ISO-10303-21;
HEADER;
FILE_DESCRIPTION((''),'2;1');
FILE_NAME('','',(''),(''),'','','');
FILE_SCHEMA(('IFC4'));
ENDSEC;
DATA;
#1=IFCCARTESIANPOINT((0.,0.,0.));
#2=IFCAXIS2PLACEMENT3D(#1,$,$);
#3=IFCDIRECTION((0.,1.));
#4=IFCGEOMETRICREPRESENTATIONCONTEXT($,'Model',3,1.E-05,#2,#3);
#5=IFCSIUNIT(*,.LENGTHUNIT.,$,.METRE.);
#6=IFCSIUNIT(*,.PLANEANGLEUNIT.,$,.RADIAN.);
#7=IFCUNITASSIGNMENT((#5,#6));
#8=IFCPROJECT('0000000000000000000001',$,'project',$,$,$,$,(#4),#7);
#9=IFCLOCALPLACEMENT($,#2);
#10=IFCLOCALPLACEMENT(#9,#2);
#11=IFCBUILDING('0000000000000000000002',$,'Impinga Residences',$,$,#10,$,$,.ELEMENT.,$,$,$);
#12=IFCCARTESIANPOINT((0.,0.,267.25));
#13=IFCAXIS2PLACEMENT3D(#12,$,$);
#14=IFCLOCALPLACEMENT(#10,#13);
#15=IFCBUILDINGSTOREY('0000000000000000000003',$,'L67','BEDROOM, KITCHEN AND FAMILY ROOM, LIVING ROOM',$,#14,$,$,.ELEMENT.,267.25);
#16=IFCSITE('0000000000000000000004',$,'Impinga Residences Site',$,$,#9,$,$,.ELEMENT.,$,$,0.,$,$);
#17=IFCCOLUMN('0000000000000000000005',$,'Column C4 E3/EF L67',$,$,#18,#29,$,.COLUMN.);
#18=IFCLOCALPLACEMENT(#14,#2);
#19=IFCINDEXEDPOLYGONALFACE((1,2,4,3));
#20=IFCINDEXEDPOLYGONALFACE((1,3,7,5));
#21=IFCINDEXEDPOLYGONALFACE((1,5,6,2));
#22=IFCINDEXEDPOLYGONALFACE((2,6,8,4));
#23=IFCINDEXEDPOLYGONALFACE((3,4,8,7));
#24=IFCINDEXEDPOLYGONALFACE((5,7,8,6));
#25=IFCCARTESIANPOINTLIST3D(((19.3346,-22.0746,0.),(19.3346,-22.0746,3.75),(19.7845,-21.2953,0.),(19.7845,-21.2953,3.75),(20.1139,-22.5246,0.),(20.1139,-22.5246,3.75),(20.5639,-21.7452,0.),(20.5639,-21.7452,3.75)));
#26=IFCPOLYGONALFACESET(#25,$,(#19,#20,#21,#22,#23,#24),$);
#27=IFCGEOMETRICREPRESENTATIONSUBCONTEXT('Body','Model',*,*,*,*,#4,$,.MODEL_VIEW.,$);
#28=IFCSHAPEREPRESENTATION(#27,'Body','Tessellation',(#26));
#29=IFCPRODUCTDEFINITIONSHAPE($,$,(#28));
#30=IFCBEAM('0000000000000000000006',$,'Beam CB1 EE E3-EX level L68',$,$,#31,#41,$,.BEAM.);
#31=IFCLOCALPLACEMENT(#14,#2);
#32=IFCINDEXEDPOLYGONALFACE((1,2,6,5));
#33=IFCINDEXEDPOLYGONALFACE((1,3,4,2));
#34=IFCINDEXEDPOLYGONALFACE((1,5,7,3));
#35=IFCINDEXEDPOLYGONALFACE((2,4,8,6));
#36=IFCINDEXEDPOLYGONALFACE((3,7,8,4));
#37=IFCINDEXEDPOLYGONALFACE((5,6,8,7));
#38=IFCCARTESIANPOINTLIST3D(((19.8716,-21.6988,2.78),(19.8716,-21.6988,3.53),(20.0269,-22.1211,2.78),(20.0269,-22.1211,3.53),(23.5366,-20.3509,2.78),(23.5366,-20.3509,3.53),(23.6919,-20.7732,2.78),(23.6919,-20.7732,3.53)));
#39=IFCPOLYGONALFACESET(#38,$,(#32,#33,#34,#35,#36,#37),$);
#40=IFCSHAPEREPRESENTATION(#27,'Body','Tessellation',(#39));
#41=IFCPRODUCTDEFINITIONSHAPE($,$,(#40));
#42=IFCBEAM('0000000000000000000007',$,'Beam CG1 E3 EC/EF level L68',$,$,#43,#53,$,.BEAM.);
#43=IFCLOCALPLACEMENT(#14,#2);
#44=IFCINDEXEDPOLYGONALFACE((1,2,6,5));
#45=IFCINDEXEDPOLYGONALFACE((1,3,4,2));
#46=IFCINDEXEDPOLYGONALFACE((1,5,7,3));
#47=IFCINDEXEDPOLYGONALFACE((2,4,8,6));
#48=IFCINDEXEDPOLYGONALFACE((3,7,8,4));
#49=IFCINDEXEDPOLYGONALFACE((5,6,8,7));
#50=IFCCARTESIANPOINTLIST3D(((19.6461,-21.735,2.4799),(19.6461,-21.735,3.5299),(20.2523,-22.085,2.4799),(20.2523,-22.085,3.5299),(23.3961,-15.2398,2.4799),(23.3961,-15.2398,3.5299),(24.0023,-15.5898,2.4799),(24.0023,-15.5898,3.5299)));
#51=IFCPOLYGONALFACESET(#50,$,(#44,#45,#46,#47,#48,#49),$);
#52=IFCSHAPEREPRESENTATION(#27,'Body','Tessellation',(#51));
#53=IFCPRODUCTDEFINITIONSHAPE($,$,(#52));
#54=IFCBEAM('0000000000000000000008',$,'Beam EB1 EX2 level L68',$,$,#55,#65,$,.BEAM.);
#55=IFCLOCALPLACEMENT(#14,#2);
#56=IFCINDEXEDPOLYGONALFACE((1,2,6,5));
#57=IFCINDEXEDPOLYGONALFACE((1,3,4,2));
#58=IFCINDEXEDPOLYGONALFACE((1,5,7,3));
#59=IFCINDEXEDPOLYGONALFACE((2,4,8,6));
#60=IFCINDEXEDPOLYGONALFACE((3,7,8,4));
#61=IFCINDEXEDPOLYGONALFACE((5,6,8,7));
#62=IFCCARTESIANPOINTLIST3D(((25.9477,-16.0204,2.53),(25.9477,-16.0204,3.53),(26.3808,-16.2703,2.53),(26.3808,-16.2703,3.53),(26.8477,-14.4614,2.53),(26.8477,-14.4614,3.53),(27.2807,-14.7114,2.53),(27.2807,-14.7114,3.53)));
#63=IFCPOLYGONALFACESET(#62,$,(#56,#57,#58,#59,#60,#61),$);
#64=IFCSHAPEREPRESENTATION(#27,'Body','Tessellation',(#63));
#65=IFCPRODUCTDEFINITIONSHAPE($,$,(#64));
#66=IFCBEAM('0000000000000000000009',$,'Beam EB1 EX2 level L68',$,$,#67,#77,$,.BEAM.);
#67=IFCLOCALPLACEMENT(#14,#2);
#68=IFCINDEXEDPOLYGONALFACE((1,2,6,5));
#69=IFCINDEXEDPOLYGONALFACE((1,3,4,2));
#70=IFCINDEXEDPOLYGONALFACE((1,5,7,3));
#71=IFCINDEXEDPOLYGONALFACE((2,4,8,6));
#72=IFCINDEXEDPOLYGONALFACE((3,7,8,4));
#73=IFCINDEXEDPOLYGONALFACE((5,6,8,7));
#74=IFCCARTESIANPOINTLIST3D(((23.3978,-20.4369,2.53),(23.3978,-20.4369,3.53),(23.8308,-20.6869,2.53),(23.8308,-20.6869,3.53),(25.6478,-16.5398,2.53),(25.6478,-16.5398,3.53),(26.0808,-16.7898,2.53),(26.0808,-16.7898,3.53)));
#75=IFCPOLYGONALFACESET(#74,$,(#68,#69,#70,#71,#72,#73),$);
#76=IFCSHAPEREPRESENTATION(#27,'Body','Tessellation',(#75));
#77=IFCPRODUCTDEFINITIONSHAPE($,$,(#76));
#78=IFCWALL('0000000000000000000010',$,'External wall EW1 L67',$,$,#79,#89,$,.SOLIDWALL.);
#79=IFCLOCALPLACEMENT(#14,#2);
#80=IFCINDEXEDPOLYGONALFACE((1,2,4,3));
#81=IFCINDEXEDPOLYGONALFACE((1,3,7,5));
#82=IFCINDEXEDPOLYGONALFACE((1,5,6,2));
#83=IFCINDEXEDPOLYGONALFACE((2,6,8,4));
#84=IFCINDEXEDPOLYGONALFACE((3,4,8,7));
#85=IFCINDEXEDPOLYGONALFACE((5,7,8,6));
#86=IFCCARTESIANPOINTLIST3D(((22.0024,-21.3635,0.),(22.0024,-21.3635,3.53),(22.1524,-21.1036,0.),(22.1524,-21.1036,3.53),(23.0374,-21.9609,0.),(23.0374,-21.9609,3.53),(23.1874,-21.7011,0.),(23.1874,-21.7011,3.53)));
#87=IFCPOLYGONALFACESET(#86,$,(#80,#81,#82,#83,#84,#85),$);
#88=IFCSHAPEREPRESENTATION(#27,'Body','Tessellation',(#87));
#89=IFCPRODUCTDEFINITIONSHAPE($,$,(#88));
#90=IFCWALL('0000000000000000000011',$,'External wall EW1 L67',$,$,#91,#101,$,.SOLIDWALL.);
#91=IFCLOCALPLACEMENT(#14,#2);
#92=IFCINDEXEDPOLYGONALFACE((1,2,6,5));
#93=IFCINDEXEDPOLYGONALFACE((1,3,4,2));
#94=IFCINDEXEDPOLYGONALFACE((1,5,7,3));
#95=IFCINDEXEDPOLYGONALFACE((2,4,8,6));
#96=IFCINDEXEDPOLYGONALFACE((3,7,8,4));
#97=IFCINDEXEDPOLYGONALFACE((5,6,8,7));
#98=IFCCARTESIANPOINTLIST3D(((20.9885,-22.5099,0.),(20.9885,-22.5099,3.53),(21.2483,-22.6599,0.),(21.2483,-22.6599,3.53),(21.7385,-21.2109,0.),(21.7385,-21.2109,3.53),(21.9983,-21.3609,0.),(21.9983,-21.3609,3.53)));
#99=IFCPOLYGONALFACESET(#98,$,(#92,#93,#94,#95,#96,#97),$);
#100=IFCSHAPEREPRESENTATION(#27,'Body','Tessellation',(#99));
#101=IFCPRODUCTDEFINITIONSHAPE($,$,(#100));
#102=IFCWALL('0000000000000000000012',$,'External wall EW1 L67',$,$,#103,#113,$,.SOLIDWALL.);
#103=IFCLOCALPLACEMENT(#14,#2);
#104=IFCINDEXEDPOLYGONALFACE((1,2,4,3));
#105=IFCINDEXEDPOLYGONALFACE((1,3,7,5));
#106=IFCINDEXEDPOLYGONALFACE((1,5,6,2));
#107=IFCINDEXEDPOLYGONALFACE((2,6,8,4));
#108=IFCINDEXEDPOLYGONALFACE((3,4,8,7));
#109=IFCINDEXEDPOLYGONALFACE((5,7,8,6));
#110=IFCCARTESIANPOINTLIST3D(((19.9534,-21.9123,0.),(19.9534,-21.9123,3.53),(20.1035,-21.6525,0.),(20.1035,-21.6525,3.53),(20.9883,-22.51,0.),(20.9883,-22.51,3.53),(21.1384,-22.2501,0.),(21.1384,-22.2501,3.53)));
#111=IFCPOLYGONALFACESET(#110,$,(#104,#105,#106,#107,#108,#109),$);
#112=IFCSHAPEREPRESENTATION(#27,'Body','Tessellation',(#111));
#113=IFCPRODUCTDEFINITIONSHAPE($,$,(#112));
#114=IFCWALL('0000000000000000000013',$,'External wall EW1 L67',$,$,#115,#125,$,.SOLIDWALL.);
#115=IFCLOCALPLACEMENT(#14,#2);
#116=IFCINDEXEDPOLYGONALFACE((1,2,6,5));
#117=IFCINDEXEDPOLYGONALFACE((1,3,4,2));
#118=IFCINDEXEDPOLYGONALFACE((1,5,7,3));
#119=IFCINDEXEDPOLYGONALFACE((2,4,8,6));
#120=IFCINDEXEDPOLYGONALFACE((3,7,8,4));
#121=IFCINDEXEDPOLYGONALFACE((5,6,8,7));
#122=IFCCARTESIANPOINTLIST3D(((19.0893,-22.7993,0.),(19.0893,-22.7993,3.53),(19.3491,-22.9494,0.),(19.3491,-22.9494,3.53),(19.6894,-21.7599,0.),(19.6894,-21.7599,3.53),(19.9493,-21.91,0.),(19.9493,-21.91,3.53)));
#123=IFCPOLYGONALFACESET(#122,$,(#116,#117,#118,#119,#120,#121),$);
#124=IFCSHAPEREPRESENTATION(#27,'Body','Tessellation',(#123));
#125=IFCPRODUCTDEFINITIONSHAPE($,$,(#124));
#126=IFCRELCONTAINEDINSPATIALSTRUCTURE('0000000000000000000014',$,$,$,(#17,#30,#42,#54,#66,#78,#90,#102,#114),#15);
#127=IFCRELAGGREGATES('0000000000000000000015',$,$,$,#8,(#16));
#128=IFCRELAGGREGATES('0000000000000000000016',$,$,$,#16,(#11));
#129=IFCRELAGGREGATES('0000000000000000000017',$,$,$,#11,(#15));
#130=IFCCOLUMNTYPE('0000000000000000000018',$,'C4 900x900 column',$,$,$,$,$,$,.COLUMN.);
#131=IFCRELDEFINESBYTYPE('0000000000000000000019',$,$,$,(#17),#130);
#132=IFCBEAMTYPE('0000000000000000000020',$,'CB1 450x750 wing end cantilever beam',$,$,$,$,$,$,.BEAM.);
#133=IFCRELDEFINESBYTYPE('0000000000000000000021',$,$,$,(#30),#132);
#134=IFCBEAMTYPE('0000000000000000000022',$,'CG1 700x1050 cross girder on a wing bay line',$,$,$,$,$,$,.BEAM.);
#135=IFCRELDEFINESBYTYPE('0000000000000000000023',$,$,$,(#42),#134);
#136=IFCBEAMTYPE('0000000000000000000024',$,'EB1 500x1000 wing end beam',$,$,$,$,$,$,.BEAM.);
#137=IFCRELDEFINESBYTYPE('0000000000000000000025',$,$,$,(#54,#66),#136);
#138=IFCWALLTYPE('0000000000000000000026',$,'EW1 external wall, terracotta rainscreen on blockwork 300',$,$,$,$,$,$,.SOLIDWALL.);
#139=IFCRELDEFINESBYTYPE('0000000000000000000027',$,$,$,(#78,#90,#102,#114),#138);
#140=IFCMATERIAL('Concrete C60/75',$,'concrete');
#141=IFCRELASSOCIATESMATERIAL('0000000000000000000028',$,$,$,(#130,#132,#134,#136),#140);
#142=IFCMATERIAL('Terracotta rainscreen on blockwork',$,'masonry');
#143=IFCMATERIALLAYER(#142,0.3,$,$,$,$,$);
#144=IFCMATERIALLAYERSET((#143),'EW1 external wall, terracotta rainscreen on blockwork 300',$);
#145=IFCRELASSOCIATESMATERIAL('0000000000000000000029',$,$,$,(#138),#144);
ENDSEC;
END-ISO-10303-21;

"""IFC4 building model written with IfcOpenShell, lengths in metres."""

from ifc_helpers import new_model, si_unit, direction, frame, frame_2d, origin, origin_2d, place, context, subcontext, project, spatial, rectangle, extrude, material, layer, layer_set, material_profile, profile_set, type_object, element, save


model = new_model("IFC4")

# Units and contexts
model_context = context("Model", 3, precision=1e-05, world=origin(), true_north=direction((0.0, 1.0)))
body_context = subcontext(model_context, "Body", "Model", "MODEL_VIEW")
ifc_project = project(units=[si_unit("LENGTHUNIT", "METRE"), si_unit("PLANEANGLEUNIT", "RADIAN")], contexts=[model_context])

# Site, building, storey
site_placement = place(None, origin())
site = spatial("IfcSite", under=ifc_project, at=site_placement, Name="Impinga Residences Site", CompositionType="ELEMENT", RefElevation=0.0)
building_placement = place(site_placement, origin())
building = spatial("IfcBuilding", under=site, at=building_placement, Name="Impinga Residences", CompositionType="ELEMENT")
storey_placement = place(building_placement, frame((0.0, 0.0, 267.25)))
storey = spatial("IfcBuildingStorey", under=building, at=storey_placement, Name="L67", Description="BEDROOM, KITCHEN AND FAMILY ROOM, LIVING ROOM", CompositionType="ELEMENT", Elevation=267.25)

# Column
ifc_material_1 = material(Name="Concrete C60/75", Category="concrete")
ifc_material_profile_1 = material_profile(ifc_material_1, rectangle(XDim=0.8999, YDim=0.8999, at=origin_2d()), Name="RC 900x900")
ifc_profile_set_1 = profile_set([ifc_material_profile_1], Name="Concrete C60/75")
column_type = type_object("IfcColumnType", Name="C4 900x900 column", PredefinedType="COLUMN", material=ifc_profile_set_1)
column_placement = place(storey_placement, frame((19.9492, -21.9099, 0.0), z_axis=(0.0, 0.0, 1.0), x_axis=(-0.5, -0.866025, 0.0)))
element("IfcColumn", 1, at=column_placement, inside=storey, type_object=column_type, Name="Column C4 E3/EF L67", PredefinedType="COLUMN", context=body_context, shape_type="SweptSolid", body=[
    extrude(rectangle(XDim=0.8999, YDim=0.8999, at=origin_2d()), origin(), (0.0, 0.0, 1.0), 3.75),
])

# Beams
ifc_material_profile_2 = material_profile(ifc_material_1, rectangle(XDim=0.45, YDim=0.75, at=origin_2d()), Name="RC 450x750")
ifc_profile_set_2 = profile_set([ifc_material_profile_2], Name="Concrete C60/75")
beam_type_1 = type_object("IfcBeamType", Name="CB1 450x750 wing end cantilever beam", PredefinedType="BEAM", material=ifc_profile_set_2)
beam_1_placement = place(storey_placement, frame((19.9492, -21.9099, 3.155), z_axis=(0.93854, 0.345169, 0.0), x_axis=(-0.345169, 0.93854, 0.0)))
element("IfcBeam", 2, at=beam_1_placement, inside=storey, type_object=beam_type_1, Name="Beam CB1 EE E3-EX level L68", PredefinedType="BEAM", context=body_context, shape_type="SweptSolid", body=[
    extrude(rectangle(XDim=0.45, YDim=0.75, at=origin_2d()), origin(), (0.0, 0.0, 1.0), 3.905),
])
ifc_material_profile_3 = material_profile(ifc_material_1, rectangle(XDim=0.7, YDim=1.05, at=origin_2d()), Name="RC 700x1050")
ifc_profile_set_3 = profile_set([ifc_material_profile_3], Name="Concrete C60/75")
beam_type_2 = type_object("IfcBeamType", Name="CG1 700x1050 cross girder on a wing bay line", PredefinedType="BEAM", material=ifc_profile_set_3)
beam_2_placement = place(storey_placement, frame((23.6992, -15.4148, 3.0049), z_axis=(-0.500004, -0.866023, 0.0), x_axis=(0.866023, -0.500004, 0.0)))
element("IfcBeam", 3, at=beam_2_placement, inside=storey, type_object=beam_type_2, Name="Beam CG1 E3 EC/EF level L68", PredefinedType="BEAM", context=body_context, shape_type="SweptSolid", body=[
    extrude(rectangle(XDim=0.7, YDim=1.05, at=origin_2d()), origin(), (0.0, 0.0, 1.0), 7.5),
])
ifc_material_profile_4 = material_profile(ifc_material_1, rectangle(XDim=0.5, YDim=1.0, at=origin_2d()), Name="RC 500x1000")
ifc_profile_set_4 = profile_set([ifc_material_profile_4], Name="Concrete C60/75")
beam_type_3 = type_object("IfcBeamType", Name="EB1 500x1000 wing end beam", PredefinedType="BEAM", material=ifc_profile_set_4)
beam_3_placement = place(storey_placement, frame((27.0642, -14.5864, 3.03), z_axis=(-0.499961, -0.866048, 0.0), x_axis=(0.866048, -0.499961, 0.0)))
element("IfcBeam", 4, at=beam_3_placement, inside=storey, type_object=beam_type_3, Name="Beam EB1 EX2 level L68", PredefinedType="BEAM", context=body_context, shape_type="SweptSolid", body=[
    extrude(rectangle(XDim=0.5, YDim=1.0, at=origin_2d()), origin(), (0.0, 0.0, 1.0), 1.8),
])
beam_4_placement = place(storey_placement, frame((25.8643, -16.6648, 3.03), z_axis=(-0.49999, -0.866031, 0.0), x_axis=(0.866031, -0.49999, 0.0)))
element("IfcBeam", 5, at=beam_4_placement, inside=storey, type_object=beam_type_3, Name="Beam EB1 EX2 level L68", PredefinedType="BEAM", context=body_context, shape_type="SweptSolid", body=[
    extrude(rectangle(XDim=0.5, YDim=1.0, at=origin_2d()), origin(), (0.0, 0.0, 1.0), 4.5),
])

# Walls
ifc_material_2 = material(Name="Terracotta rainscreen on blockwork", Category="masonry")
ifc_layer_1 = layer(ifc_material_2, 0.3)
ifc_layer_set_1 = layer_set([ifc_layer_1], Name="EW1 external wall, terracotta rainscreen on blockwork 300")
wall_type_1 = type_object("IfcWallType", Name="EW1 external wall, terracotta rainscreen on blockwork 300", PredefinedType="SOLIDWALL", material=ifc_layer_set_1)
wall_1_placement = place(storey_placement, frame((23.1125, -21.8311, 0.0), z_axis=(0.0, 0.0, 1.0), x_axis=(-0.86606, 0.499941, 0.0)))
element("IfcWall", 6, at=wall_1_placement, inside=storey, type_object=wall_type_1, Name="External wall EW1 L67", PredefinedType="SOLIDWALL", context=body_context, shape_type="SweptSolid", body=[
    extrude(rectangle(XDim=1.1951, YDim=0.3, at=frame_2d((0.5977, 0.0))), origin(), (0.0, 0.0, 1.0), 3.53),
])
wall_2_placement = place(storey_placement, frame((21.8684, -21.2859, 0.0), z_axis=(0.0, 0.0, 1.0), x_axis=(-0.49999, -0.866031, 0.0)))
element("IfcWall", 7, at=wall_2_placement, inside=storey, type_object=wall_type_1, Name="External wall EW1 L67", PredefinedType="SOLIDWALL", context=body_context, shape_type="SweptSolid", body=[
    extrude(rectangle(XDim=1.5, YDim=0.3, at=frame_2d((0.75, 0.0))), origin(), (0.0, 0.0, 1.0), 3.53),
])
wall_3_placement = place(storey_placement, frame((21.0635, -22.3801, 0.0), z_axis=(0.0, 0.0, 1.0), x_axis=(-0.865971, 0.500094, 0.0)))
element("IfcWall", 8, at=wall_3_placement, inside=storey, type_object=wall_type_1, Name="External wall EW1 L67", PredefinedType="SOLIDWALL", context=body_context, shape_type="SweptSolid", body=[
    extrude(rectangle(XDim=1.1951, YDim=0.3, at=frame_2d((0.5977, 0.0))), origin(), (0.0, 0.0, 1.0), 3.53),
])
wall_4_placement = place(storey_placement, frame((19.8193, -21.835, 0.0), z_axis=(0.0, 0.0, 1.0), x_axis=(-0.500034, -0.866006, 0.0)))
element("IfcWall", 9, at=wall_4_placement, inside=storey, type_object=wall_type_1, Name="External wall EW1 L67", PredefinedType="SOLIDWALL", context=body_context, shape_type="SweptSolid", body=[
    extrude(rectangle(XDim=1.2002, YDim=0.3, at=frame_2d((0.6001, 0.0))), origin(), (0.0, 0.0, 1.0), 3.53),
])

save(model, "model.ifc")
